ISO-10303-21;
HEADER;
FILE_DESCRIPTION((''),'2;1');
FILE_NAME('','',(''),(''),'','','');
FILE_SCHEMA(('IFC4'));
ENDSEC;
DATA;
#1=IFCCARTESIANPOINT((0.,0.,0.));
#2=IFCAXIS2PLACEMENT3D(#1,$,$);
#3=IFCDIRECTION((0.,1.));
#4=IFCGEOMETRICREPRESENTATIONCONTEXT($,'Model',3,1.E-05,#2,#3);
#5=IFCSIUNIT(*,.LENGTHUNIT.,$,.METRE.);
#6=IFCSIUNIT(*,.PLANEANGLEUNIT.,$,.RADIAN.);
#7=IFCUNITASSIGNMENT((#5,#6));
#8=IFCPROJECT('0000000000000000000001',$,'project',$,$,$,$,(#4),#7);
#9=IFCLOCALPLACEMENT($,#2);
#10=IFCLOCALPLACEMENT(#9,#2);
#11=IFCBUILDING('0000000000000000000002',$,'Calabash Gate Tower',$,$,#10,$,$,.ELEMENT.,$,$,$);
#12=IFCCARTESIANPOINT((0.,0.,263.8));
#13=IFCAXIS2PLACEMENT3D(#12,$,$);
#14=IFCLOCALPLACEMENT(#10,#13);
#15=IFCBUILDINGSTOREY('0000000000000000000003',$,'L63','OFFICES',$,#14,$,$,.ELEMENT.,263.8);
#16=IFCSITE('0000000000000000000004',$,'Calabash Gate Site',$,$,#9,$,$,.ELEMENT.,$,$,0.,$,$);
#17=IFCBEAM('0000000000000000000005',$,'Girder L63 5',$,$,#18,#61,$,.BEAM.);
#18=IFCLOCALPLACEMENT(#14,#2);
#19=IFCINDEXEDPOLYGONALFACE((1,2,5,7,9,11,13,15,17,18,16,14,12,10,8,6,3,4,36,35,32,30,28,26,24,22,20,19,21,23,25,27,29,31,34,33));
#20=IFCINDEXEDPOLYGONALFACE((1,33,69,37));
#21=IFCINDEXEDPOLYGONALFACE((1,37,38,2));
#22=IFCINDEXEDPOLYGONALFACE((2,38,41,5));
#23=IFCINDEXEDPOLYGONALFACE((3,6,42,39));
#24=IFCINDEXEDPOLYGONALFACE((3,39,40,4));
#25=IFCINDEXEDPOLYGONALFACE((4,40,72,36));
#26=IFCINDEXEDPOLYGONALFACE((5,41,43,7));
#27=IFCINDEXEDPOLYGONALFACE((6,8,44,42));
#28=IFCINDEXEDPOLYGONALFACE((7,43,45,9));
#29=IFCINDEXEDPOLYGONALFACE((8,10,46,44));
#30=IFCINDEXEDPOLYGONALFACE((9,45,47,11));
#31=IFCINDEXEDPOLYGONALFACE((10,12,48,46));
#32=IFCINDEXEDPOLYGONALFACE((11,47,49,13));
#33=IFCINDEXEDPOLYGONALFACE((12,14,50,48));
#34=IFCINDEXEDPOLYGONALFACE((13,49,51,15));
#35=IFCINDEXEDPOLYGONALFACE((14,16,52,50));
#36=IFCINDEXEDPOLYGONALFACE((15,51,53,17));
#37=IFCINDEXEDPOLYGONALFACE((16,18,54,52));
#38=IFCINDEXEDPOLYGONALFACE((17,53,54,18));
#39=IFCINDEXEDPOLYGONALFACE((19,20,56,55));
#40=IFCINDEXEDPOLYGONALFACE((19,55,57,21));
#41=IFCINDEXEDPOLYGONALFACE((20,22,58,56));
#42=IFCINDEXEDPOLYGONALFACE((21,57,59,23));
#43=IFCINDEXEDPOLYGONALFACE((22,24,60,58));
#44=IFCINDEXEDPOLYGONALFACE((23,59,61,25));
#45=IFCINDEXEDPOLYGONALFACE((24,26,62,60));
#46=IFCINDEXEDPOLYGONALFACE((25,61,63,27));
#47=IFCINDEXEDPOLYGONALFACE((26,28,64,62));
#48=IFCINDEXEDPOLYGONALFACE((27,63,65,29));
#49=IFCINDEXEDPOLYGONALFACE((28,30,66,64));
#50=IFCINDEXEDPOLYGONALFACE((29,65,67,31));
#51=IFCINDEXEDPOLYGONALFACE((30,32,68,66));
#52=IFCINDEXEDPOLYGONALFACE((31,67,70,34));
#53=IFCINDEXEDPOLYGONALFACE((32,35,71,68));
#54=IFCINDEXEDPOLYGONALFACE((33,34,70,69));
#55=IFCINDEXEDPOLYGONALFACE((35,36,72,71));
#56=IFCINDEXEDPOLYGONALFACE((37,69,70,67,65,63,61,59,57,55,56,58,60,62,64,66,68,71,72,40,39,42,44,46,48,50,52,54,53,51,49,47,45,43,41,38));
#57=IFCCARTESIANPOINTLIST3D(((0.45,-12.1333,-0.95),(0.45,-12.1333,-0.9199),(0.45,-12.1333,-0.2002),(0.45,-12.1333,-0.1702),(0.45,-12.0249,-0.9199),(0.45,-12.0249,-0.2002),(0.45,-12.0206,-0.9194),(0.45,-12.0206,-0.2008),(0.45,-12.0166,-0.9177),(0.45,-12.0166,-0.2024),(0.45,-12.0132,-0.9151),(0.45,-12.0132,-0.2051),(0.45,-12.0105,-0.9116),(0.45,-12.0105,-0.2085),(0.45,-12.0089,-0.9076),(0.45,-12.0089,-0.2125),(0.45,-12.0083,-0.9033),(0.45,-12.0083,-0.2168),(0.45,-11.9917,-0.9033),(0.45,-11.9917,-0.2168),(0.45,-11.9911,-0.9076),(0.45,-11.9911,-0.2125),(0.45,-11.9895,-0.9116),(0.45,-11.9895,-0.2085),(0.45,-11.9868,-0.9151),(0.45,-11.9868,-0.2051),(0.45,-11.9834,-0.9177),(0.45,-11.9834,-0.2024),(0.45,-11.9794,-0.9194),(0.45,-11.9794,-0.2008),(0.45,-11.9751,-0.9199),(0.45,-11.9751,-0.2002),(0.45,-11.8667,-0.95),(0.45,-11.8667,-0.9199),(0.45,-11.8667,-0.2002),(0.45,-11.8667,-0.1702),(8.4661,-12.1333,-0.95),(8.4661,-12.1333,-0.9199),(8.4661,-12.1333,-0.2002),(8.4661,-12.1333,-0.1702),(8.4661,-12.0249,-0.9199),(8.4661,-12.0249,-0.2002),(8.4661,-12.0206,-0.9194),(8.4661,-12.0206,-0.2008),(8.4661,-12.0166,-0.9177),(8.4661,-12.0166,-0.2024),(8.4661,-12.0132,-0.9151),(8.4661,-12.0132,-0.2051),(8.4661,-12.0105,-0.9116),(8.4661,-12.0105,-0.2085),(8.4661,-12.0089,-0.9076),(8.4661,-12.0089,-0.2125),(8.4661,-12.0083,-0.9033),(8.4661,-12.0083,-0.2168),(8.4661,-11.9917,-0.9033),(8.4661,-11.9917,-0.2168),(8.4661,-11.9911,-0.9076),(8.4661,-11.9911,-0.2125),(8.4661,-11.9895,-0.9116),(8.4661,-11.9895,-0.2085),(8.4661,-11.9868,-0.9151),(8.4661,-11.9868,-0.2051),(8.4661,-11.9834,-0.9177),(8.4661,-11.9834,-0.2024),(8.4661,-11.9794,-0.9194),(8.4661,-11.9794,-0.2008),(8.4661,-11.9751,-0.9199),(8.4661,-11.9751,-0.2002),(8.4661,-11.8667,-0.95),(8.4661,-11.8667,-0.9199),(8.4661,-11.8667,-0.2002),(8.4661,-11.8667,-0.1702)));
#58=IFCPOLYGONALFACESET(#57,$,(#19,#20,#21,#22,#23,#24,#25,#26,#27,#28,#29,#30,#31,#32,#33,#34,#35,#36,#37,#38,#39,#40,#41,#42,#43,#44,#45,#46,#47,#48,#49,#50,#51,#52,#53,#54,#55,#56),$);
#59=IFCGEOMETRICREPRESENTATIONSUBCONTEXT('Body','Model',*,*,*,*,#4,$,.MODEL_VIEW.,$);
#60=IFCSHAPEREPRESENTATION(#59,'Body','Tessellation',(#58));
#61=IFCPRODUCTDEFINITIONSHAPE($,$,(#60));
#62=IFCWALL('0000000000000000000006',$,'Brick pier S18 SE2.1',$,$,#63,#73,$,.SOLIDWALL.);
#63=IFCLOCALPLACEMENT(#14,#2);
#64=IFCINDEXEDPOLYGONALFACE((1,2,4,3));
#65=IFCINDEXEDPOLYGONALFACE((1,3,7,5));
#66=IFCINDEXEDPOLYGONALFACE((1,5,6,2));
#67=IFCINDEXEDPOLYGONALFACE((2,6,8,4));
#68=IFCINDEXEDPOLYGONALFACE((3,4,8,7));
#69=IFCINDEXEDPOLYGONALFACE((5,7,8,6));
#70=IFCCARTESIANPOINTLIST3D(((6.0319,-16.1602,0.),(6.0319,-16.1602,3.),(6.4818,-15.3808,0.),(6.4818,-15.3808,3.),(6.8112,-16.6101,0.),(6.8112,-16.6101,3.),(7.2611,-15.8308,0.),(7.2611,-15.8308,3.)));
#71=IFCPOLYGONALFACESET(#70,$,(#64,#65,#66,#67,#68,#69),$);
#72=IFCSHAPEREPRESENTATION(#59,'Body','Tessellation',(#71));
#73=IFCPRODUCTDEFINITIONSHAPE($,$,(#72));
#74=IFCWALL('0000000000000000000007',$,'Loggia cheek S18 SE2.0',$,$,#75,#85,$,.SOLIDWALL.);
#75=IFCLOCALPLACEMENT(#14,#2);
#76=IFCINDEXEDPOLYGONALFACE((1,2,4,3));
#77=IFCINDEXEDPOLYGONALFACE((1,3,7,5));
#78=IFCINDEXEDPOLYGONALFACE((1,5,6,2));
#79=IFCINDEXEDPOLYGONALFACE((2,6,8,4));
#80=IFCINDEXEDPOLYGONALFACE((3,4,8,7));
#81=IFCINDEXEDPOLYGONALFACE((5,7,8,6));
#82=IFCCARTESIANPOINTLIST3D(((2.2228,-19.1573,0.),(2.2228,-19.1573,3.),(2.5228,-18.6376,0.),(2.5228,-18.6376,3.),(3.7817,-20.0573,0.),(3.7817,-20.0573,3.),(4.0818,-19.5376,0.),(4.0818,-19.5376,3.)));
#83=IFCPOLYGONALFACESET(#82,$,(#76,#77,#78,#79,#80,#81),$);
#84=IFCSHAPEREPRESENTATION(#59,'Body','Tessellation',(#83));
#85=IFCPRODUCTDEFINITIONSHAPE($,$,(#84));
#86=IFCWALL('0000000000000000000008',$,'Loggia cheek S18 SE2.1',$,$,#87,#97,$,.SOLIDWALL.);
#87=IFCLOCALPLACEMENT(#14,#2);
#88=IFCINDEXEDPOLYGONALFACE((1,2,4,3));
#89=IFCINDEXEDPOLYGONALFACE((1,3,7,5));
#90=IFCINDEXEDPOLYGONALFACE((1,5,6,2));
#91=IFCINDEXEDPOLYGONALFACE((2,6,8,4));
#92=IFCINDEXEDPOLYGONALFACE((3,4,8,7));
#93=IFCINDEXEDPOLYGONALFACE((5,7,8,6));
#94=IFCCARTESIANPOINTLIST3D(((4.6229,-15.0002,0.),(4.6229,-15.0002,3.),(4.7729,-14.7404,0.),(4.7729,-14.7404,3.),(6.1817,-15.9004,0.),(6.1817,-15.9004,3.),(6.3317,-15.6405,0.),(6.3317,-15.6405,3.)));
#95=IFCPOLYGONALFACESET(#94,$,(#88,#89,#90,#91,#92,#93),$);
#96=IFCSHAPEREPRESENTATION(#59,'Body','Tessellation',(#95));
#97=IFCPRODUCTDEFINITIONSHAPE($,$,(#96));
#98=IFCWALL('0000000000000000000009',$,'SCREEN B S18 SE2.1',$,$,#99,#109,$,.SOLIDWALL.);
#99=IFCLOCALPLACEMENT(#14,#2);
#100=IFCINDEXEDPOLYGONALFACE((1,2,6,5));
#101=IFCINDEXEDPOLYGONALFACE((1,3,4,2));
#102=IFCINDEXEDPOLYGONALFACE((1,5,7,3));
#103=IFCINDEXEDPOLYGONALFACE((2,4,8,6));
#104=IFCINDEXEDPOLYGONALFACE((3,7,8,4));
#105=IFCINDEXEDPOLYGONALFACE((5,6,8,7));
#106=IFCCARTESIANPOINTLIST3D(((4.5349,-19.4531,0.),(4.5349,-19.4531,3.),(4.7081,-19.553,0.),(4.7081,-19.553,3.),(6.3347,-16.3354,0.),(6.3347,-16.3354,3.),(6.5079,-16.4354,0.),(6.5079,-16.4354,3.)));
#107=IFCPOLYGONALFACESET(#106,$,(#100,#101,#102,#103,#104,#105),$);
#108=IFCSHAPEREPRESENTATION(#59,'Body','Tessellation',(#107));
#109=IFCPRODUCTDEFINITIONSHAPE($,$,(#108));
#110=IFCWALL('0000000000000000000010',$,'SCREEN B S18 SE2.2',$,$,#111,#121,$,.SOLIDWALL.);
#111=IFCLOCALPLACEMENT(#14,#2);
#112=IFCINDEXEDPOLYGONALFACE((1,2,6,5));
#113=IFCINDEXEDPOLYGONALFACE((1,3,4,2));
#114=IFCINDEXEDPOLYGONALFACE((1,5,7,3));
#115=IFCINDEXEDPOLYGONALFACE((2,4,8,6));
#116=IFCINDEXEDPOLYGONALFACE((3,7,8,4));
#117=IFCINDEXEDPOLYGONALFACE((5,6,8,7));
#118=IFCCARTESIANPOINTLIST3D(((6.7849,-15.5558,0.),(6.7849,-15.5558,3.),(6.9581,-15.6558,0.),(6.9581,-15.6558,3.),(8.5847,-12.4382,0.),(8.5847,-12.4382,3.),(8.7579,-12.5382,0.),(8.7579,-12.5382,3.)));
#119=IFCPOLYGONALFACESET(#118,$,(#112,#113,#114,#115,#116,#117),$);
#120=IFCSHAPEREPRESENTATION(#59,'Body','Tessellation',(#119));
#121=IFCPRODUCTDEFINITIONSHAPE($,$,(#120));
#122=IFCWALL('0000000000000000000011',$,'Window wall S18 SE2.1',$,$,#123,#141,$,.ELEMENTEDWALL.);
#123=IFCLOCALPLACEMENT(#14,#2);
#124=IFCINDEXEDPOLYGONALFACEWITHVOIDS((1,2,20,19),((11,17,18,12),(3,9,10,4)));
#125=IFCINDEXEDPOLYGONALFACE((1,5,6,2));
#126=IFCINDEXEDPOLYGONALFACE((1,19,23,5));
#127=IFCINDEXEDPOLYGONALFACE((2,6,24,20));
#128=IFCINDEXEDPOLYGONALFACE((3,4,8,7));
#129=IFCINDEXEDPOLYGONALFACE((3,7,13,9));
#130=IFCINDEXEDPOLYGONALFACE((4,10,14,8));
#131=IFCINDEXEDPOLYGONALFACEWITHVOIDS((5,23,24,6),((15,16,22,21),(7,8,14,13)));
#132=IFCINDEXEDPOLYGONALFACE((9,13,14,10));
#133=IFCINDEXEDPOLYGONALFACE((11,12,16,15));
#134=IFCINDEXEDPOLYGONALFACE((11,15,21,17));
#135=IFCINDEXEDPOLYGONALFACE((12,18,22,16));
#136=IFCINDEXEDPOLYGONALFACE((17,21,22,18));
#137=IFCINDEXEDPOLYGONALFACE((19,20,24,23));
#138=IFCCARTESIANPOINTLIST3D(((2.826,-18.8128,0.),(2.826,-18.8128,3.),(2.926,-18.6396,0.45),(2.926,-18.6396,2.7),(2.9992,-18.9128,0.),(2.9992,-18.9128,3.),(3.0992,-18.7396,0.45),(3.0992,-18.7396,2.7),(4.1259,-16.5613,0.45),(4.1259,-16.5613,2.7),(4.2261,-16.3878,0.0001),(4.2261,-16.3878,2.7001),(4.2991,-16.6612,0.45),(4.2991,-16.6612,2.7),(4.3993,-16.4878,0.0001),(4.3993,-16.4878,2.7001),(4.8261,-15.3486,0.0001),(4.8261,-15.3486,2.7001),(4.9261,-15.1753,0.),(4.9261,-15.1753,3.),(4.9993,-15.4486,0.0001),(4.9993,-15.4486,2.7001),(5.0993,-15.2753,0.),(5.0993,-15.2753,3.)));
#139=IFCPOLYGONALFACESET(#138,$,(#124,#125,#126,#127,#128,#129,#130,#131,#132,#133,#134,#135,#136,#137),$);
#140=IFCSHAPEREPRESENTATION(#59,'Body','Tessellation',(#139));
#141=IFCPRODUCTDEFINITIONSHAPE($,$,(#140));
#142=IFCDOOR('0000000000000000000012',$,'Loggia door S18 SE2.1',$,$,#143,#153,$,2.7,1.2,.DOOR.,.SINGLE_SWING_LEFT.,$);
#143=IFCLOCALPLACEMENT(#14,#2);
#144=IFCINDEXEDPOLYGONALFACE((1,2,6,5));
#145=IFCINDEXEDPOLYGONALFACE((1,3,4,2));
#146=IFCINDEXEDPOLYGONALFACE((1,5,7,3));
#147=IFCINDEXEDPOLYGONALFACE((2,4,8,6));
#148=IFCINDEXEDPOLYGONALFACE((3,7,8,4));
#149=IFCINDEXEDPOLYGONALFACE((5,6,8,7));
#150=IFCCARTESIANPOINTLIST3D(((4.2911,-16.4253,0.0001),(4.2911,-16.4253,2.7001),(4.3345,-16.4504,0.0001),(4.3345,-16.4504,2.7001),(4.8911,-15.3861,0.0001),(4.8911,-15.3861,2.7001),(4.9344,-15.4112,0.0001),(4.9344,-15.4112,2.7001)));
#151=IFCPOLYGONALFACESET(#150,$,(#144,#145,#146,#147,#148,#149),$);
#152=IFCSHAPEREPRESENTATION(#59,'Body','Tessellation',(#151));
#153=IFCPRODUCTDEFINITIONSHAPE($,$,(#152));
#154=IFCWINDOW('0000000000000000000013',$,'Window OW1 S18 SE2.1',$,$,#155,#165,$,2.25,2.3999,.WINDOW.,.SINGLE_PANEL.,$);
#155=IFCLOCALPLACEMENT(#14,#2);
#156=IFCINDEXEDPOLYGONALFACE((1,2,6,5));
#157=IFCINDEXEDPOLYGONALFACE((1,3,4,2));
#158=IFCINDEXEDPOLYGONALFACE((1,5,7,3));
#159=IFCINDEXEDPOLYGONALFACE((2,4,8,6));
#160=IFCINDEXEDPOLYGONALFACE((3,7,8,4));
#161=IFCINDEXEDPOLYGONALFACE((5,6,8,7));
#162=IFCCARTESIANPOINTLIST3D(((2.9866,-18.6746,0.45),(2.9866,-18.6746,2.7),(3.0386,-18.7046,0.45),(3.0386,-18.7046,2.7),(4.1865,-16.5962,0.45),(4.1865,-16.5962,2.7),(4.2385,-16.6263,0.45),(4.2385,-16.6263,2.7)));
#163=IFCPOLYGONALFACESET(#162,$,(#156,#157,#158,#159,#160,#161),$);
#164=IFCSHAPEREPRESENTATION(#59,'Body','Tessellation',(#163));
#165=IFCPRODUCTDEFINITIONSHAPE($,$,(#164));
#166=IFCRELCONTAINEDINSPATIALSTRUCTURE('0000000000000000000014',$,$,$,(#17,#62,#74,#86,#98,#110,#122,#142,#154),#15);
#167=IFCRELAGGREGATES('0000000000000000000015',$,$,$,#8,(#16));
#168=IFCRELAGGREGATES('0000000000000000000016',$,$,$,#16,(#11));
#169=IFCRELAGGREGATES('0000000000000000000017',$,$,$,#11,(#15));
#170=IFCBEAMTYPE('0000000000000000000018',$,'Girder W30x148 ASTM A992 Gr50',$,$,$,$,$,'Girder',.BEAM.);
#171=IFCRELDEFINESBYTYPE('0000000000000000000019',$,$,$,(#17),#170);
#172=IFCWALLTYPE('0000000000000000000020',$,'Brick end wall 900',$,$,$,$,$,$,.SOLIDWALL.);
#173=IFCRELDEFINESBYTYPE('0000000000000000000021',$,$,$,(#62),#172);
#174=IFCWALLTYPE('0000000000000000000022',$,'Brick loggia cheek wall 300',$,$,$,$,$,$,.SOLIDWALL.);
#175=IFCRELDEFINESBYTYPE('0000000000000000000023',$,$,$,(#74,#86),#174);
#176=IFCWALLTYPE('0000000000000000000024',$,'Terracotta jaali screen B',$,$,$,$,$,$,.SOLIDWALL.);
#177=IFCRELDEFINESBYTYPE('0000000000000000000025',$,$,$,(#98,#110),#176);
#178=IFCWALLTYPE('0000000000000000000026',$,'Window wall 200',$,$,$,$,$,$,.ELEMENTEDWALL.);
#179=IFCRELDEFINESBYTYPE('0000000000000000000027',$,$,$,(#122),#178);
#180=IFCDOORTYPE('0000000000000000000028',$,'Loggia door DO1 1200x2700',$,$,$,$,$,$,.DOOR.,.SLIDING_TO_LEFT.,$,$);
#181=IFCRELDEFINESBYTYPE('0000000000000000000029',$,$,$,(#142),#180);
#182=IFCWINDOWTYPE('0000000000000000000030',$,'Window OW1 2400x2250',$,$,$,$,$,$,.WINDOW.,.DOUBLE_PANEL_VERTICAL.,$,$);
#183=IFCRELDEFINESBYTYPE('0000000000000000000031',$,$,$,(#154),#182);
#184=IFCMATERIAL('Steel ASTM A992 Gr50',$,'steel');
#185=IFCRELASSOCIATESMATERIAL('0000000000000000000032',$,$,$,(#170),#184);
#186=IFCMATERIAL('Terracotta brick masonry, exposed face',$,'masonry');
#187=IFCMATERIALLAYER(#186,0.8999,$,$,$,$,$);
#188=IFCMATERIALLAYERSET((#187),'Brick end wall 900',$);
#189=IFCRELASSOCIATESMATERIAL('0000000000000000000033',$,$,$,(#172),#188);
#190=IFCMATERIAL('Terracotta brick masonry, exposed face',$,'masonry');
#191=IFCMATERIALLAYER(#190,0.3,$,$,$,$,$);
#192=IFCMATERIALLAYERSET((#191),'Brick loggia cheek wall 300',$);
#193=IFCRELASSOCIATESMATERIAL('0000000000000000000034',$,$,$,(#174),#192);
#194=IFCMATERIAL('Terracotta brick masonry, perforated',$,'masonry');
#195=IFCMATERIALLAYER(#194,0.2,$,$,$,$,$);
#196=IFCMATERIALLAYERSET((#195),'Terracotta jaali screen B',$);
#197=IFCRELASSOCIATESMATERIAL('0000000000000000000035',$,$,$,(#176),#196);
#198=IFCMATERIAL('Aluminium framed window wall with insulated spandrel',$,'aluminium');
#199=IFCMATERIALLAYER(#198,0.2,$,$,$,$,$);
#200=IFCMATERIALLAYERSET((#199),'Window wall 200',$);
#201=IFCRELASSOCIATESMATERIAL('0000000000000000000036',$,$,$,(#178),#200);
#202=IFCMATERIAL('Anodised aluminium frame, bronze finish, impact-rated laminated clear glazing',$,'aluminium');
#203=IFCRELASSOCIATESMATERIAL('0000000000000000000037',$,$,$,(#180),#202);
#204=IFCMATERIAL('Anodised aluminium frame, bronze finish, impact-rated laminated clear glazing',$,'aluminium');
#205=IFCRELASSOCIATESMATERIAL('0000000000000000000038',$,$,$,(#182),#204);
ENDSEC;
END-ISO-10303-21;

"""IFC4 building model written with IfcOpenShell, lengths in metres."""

from ifc_helpers import new_model, si_unit, direction, frame, frame_2d, origin, origin_2d, place, context, subcontext, project, spatial, rectangle, i_section, extrude, material, layer, layer_set, material_profile, profile_set, type_object, element, fill, save


model = new_model("IFC4")

# Units and contexts
model_context = context("Model", 3, precision=1e-05, world=origin(), true_north=direction((0.0, 1.0)))
body_context = subcontext(model_context, "Body", "Model", "MODEL_VIEW")
ifc_project = project(units=[si_unit("LENGTHUNIT", "METRE"), si_unit("PLANEANGLEUNIT", "RADIAN")], contexts=[model_context])

# Site, building, storey
site_placement = place(None, origin())
site = spatial("IfcSite", under=ifc_project, at=site_placement, Name="Calabash Gate Site", CompositionType="ELEMENT", RefElevation=0.0)
building_placement = place(site_placement, origin())
building = spatial("IfcBuilding", under=site, at=building_placement, Name="Calabash Gate Tower", CompositionType="ELEMENT")
storey_placement = place(building_placement, frame((0.0, 0.0, 263.8)))
storey = spatial("IfcBuildingStorey", under=building, at=storey_placement, Name="L63", Description="OFFICES", CompositionType="ELEMENT", Elevation=263.8)

# Beam
ifc_material_1 = material(Name="Steel ASTM A992 Gr50", Category="steel")
ifc_material_profile_1 = material_profile(ifc_material_1, i_section(OverallWidth=0.2666, OverallDepth=0.7798, WebThickness=0.0166, FlangeThickness=0.03, FilletRadius=0.0166, at=origin_2d()))
ifc_profile_set_1 = profile_set([ifc_material_profile_1], Name="Steel ASTM A992 Gr50")
beam_type_1 = type_object("IfcBeamType", Name="Girder W30x148 ASTM A992 Gr50", ElementType="Girder", PredefinedType="BEAM", material=ifc_profile_set_1)
beam_1_placement = place(storey_placement, frame((0.45, -12.0, -0.5601), z_axis=(1.0, 0.0, 0.0), x_axis=(0.0, 1.0, 0.0)))
element("IfcBeam", 1, at=beam_1_placement, inside=storey, type_object=beam_type_1, Name="Girder L63 5", PredefinedType="BEAM", context=body_context, shape_type="SweptSolid", body=[
    extrude(i_section(OverallWidth=0.2666, OverallDepth=0.7798, WebThickness=0.0166, FlangeThickness=0.03, FilletRadius=0.0166, at=origin_2d()), origin(), (0.0, 0.0, 1.0), 8.0161),
])

# Walls
ifc_material_2 = material(Name="Terracotta brick masonry, exposed face", Category="masonry")
ifc_layer_1 = layer(ifc_material_2, 0.8999)
ifc_layer_set_1 = layer_set([ifc_layer_1], Name="Brick end wall 900")
wall_type_1 = type_object("IfcWallType", Name="Brick end wall 900", PredefinedType="SOLIDWALL", material=ifc_layer_set_1)
wall_1_placement = place(storey_placement, frame((6.2568, -15.7705, 0.0), z_axis=(0.0, 0.0, 1.0), x_axis=(0.866014, -0.50002, 0.0)))
element("IfcWall", 2, at=wall_1_placement, inside=storey, type_object=wall_type_1, Name="Brick pier S18 SE2.1", PredefinedType="SOLIDWALL", context=body_context, shape_type="SweptSolid", body=[
    extrude(rectangle(XDim=0.8999, YDim=0.8999, at=frame_2d((0.45, 0.0))), origin(), (0.0, 0.0, 1.0), 3.0),
])
ifc_material_3 = material(Name="Terracotta brick masonry, exposed face", Category="masonry")
ifc_layer_2 = layer(ifc_material_3, 0.3)
ifc_layer_set_2 = layer_set([ifc_layer_2], Name="Brick loggia cheek wall 300")
wall_type_2 = type_object("IfcWallType", Name="Brick loggia cheek wall 300", PredefinedType="SOLIDWALL", material=ifc_layer_set_2)
wall_2_placement = place(storey_placement, frame((3.9316, -19.7974, 0.0), z_axis=(0.0, 0.0, 1.0), x_axis=(-0.866048, 0.499961, 0.0)))
element("IfcWall", 3, at=wall_2_placement, inside=storey, type_object=wall_type_2, Name="Loggia cheek S18 SE2.0", PredefinedType="SOLIDWALL", context=body_context, shape_type="SweptSolid", body=[
    extrude(rectangle(XDim=1.8, YDim=0.6001, at=frame_2d((0.8999, 0.0))), origin(), (0.0, 0.0, 1.0), 3.0),
])
wall_3_placement = place(storey_placement, frame((4.698, -14.8704, 0.0), z_axis=(0.0, 0.0, 1.0), x_axis=(0.865989, -0.500063, 0.0)))
element("IfcWall", 4, at=wall_3_placement, inside=storey, type_object=wall_type_2, Name="Loggia cheek S18 SE2.1", PredefinedType="SOLIDWALL", context=body_context, shape_type="SweptSolid", body=[
    extrude(rectangle(XDim=1.8, YDim=0.3, at=frame_2d((0.8999, 0.0))), origin(), (0.0, 0.0, 1.0), 3.0),
])
ifc_material_4 = material(Name="Terracotta brick masonry, perforated", Category="masonry")
ifc_layer_3 = layer(ifc_material_4, 0.2)
ifc_layer_set_3 = layer_set([ifc_layer_3], Name="Terracotta jaali screen B")
wall_type_3 = type_object("IfcWallType", Name="Terracotta jaali screen B", PredefinedType="SOLIDWALL", material=ifc_layer_set_3)
for number, where, z_axis, x_axis, name in (
    (5, (4.6216, -19.5029, 0.0), (0.0, 0.0, 1.0), (0.499961, 0.866048, 0.0), "SCREEN B S18 SE2.1"),
    (6, (6.8716, -15.6057, 0.0), (0.0, 0.0, 1.0), (0.499961, 0.866048, 0.0), "SCREEN B S18 SE2.2"),
):
    element("IfcWall", number, at=place(storey_placement, frame(where, z_axis=z_axis, x_axis=x_axis)), inside=storey, type_object=wall_type_3, Name=name, PredefinedType="SOLIDWALL", context=body_context, shape_type="SweptSolid", body=[
        extrude(rectangle(XDim=3.5999, YDim=0.2, at=frame_2d((1.7998, 0.0))), origin(), (0.0, 0.0, 1.0), 3.0),
    ])

# Wall, openings, door, window
ifc_material_5 = material(Name="Aluminium framed window wall with insulated spandrel", Category="aluminium")
ifc_layer_4 = layer(ifc_material_5, 0.2)
ifc_layer_set_4 = layer_set([ifc_layer_4], Name="Window wall 200")
wall_type_4 = type_object("IfcWallType", Name="Window wall 200", PredefinedType="ELEMENTEDWALL", material=ifc_layer_set_4)
wall_4_placement = place(storey_placement, frame((2.9126, -18.8628, 0.0), z_axis=(0.0, 0.0, 1.0), x_axis=(0.500003, 0.866024, 0.0)))
wall_4 = element("IfcWall", 7, at=wall_4_placement, inside=storey, type_object=wall_type_4, Name="Window wall S18 SE2.1", PredefinedType="ELEMENTEDWALL", context=body_context, shape_type="SweptSolid", body=[
    extrude(rectangle(XDim=4.2002, YDim=0.2, at=frame_2d((2.1001, 0.0))), origin(), (0.0, 0.0, 1.0), 3.0),
])
opening_1_placement = place(wall_4_placement, frame((0.2, 0.0, 0.45)))
opening_1 = element("IfcOpeningElement", 8, at=opening_1_placement, cuts=wall_4, PredefinedType="OPENING", context=body_context, shape_type="SweptSolid", body=[
    extrude(rectangle(XDim=2.3999, YDim=2.25, at=frame_2d((1.2, 1.125))), frame((0.0, 0.1099, 0.0), z_axis=(0.0, -1.0, 0.0), x_axis=(1.0, 0.0, 0.0)), (0.0, 0.0, 1.0), 0.22),
])
opening_2_placement = place(wall_4_placement, frame((2.8, 0.0, 0.0)))
opening_2 = element("IfcOpeningElement", 9, at=opening_2_placement, cuts=wall_4, PredefinedType="OPENING", context=body_context, shape_type="SweptSolid", body=[
    extrude(rectangle(XDim=1.2, YDim=2.7, at=frame_2d((0.6001, 1.3501))), frame((0.0, 0.1099, 0.0), z_axis=(0.0, -1.0, 0.0), x_axis=(1.0, 0.0, 0.0)), (0.0, 0.0, 1.0), 0.22),
])
ifc_material_6 = material(Name="Anodised aluminium frame, bronze finish, impact-rated laminated clear glazing", Category="aluminium")
door_type = type_object("IfcDoorType", Name="Loggia door DO1 1200x2700", OperationType="SLIDING_TO_LEFT", PredefinedType="DOOR", material=ifc_material_6)
door_placement = place(opening_2_placement, origin())
door = element("IfcDoor", 10, at=door_placement, inside=storey, type_object=door_type, Name="Loggia door S18 SE2.1", OperationType="SINGLE_SWING_LEFT", OverallHeight=2.7, OverallWidth=1.2, PredefinedType="DOOR", context=body_context, shape_type="SweptSolid", body=[
    extrude(rectangle(XDim=1.2, YDim=2.7, at=frame_2d((0.6001, 1.3501))), frame((0.0, 0.0249, 0.0), z_axis=(0.0, -1.0, 0.0), x_axis=(1.0, 0.0, 0.0)), (0.0, 0.0, 1.0), 0.05),
])
fill(opening_2, door)
ifc_material_7 = material(Name="Anodised aluminium frame, bronze finish, impact-rated laminated clear glazing", Category="aluminium")
window_type_1 = type_object("IfcWindowType", Name="Window OW1 2400x2250", PartitioningType="DOUBLE_PANEL_VERTICAL", PredefinedType="WINDOW", material=ifc_material_7)
window_1_placement = place(opening_1_placement, origin())
window_1 = element("IfcWindow", 11, at=window_1_placement, inside=storey, type_object=window_type_1, Name="Window OW1 S18 SE2.1", OverallHeight=2.25, OverallWidth=2.3999, PartitioningType="SINGLE_PANEL", PredefinedType="WINDOW", context=body_context, shape_type="SweptSolid", body=[
    extrude(rectangle(XDim=2.3999, YDim=2.25, at=frame_2d((1.2, 1.125))), frame((0.0, 0.03, 0.0), z_axis=(0.0, -1.0, 0.0), x_axis=(1.0, 0.0, 0.0)), (0.0, 0.0, 1.0), 0.0601),
])
fill(opening_1, window_1)

save(model, "model.ifc")
